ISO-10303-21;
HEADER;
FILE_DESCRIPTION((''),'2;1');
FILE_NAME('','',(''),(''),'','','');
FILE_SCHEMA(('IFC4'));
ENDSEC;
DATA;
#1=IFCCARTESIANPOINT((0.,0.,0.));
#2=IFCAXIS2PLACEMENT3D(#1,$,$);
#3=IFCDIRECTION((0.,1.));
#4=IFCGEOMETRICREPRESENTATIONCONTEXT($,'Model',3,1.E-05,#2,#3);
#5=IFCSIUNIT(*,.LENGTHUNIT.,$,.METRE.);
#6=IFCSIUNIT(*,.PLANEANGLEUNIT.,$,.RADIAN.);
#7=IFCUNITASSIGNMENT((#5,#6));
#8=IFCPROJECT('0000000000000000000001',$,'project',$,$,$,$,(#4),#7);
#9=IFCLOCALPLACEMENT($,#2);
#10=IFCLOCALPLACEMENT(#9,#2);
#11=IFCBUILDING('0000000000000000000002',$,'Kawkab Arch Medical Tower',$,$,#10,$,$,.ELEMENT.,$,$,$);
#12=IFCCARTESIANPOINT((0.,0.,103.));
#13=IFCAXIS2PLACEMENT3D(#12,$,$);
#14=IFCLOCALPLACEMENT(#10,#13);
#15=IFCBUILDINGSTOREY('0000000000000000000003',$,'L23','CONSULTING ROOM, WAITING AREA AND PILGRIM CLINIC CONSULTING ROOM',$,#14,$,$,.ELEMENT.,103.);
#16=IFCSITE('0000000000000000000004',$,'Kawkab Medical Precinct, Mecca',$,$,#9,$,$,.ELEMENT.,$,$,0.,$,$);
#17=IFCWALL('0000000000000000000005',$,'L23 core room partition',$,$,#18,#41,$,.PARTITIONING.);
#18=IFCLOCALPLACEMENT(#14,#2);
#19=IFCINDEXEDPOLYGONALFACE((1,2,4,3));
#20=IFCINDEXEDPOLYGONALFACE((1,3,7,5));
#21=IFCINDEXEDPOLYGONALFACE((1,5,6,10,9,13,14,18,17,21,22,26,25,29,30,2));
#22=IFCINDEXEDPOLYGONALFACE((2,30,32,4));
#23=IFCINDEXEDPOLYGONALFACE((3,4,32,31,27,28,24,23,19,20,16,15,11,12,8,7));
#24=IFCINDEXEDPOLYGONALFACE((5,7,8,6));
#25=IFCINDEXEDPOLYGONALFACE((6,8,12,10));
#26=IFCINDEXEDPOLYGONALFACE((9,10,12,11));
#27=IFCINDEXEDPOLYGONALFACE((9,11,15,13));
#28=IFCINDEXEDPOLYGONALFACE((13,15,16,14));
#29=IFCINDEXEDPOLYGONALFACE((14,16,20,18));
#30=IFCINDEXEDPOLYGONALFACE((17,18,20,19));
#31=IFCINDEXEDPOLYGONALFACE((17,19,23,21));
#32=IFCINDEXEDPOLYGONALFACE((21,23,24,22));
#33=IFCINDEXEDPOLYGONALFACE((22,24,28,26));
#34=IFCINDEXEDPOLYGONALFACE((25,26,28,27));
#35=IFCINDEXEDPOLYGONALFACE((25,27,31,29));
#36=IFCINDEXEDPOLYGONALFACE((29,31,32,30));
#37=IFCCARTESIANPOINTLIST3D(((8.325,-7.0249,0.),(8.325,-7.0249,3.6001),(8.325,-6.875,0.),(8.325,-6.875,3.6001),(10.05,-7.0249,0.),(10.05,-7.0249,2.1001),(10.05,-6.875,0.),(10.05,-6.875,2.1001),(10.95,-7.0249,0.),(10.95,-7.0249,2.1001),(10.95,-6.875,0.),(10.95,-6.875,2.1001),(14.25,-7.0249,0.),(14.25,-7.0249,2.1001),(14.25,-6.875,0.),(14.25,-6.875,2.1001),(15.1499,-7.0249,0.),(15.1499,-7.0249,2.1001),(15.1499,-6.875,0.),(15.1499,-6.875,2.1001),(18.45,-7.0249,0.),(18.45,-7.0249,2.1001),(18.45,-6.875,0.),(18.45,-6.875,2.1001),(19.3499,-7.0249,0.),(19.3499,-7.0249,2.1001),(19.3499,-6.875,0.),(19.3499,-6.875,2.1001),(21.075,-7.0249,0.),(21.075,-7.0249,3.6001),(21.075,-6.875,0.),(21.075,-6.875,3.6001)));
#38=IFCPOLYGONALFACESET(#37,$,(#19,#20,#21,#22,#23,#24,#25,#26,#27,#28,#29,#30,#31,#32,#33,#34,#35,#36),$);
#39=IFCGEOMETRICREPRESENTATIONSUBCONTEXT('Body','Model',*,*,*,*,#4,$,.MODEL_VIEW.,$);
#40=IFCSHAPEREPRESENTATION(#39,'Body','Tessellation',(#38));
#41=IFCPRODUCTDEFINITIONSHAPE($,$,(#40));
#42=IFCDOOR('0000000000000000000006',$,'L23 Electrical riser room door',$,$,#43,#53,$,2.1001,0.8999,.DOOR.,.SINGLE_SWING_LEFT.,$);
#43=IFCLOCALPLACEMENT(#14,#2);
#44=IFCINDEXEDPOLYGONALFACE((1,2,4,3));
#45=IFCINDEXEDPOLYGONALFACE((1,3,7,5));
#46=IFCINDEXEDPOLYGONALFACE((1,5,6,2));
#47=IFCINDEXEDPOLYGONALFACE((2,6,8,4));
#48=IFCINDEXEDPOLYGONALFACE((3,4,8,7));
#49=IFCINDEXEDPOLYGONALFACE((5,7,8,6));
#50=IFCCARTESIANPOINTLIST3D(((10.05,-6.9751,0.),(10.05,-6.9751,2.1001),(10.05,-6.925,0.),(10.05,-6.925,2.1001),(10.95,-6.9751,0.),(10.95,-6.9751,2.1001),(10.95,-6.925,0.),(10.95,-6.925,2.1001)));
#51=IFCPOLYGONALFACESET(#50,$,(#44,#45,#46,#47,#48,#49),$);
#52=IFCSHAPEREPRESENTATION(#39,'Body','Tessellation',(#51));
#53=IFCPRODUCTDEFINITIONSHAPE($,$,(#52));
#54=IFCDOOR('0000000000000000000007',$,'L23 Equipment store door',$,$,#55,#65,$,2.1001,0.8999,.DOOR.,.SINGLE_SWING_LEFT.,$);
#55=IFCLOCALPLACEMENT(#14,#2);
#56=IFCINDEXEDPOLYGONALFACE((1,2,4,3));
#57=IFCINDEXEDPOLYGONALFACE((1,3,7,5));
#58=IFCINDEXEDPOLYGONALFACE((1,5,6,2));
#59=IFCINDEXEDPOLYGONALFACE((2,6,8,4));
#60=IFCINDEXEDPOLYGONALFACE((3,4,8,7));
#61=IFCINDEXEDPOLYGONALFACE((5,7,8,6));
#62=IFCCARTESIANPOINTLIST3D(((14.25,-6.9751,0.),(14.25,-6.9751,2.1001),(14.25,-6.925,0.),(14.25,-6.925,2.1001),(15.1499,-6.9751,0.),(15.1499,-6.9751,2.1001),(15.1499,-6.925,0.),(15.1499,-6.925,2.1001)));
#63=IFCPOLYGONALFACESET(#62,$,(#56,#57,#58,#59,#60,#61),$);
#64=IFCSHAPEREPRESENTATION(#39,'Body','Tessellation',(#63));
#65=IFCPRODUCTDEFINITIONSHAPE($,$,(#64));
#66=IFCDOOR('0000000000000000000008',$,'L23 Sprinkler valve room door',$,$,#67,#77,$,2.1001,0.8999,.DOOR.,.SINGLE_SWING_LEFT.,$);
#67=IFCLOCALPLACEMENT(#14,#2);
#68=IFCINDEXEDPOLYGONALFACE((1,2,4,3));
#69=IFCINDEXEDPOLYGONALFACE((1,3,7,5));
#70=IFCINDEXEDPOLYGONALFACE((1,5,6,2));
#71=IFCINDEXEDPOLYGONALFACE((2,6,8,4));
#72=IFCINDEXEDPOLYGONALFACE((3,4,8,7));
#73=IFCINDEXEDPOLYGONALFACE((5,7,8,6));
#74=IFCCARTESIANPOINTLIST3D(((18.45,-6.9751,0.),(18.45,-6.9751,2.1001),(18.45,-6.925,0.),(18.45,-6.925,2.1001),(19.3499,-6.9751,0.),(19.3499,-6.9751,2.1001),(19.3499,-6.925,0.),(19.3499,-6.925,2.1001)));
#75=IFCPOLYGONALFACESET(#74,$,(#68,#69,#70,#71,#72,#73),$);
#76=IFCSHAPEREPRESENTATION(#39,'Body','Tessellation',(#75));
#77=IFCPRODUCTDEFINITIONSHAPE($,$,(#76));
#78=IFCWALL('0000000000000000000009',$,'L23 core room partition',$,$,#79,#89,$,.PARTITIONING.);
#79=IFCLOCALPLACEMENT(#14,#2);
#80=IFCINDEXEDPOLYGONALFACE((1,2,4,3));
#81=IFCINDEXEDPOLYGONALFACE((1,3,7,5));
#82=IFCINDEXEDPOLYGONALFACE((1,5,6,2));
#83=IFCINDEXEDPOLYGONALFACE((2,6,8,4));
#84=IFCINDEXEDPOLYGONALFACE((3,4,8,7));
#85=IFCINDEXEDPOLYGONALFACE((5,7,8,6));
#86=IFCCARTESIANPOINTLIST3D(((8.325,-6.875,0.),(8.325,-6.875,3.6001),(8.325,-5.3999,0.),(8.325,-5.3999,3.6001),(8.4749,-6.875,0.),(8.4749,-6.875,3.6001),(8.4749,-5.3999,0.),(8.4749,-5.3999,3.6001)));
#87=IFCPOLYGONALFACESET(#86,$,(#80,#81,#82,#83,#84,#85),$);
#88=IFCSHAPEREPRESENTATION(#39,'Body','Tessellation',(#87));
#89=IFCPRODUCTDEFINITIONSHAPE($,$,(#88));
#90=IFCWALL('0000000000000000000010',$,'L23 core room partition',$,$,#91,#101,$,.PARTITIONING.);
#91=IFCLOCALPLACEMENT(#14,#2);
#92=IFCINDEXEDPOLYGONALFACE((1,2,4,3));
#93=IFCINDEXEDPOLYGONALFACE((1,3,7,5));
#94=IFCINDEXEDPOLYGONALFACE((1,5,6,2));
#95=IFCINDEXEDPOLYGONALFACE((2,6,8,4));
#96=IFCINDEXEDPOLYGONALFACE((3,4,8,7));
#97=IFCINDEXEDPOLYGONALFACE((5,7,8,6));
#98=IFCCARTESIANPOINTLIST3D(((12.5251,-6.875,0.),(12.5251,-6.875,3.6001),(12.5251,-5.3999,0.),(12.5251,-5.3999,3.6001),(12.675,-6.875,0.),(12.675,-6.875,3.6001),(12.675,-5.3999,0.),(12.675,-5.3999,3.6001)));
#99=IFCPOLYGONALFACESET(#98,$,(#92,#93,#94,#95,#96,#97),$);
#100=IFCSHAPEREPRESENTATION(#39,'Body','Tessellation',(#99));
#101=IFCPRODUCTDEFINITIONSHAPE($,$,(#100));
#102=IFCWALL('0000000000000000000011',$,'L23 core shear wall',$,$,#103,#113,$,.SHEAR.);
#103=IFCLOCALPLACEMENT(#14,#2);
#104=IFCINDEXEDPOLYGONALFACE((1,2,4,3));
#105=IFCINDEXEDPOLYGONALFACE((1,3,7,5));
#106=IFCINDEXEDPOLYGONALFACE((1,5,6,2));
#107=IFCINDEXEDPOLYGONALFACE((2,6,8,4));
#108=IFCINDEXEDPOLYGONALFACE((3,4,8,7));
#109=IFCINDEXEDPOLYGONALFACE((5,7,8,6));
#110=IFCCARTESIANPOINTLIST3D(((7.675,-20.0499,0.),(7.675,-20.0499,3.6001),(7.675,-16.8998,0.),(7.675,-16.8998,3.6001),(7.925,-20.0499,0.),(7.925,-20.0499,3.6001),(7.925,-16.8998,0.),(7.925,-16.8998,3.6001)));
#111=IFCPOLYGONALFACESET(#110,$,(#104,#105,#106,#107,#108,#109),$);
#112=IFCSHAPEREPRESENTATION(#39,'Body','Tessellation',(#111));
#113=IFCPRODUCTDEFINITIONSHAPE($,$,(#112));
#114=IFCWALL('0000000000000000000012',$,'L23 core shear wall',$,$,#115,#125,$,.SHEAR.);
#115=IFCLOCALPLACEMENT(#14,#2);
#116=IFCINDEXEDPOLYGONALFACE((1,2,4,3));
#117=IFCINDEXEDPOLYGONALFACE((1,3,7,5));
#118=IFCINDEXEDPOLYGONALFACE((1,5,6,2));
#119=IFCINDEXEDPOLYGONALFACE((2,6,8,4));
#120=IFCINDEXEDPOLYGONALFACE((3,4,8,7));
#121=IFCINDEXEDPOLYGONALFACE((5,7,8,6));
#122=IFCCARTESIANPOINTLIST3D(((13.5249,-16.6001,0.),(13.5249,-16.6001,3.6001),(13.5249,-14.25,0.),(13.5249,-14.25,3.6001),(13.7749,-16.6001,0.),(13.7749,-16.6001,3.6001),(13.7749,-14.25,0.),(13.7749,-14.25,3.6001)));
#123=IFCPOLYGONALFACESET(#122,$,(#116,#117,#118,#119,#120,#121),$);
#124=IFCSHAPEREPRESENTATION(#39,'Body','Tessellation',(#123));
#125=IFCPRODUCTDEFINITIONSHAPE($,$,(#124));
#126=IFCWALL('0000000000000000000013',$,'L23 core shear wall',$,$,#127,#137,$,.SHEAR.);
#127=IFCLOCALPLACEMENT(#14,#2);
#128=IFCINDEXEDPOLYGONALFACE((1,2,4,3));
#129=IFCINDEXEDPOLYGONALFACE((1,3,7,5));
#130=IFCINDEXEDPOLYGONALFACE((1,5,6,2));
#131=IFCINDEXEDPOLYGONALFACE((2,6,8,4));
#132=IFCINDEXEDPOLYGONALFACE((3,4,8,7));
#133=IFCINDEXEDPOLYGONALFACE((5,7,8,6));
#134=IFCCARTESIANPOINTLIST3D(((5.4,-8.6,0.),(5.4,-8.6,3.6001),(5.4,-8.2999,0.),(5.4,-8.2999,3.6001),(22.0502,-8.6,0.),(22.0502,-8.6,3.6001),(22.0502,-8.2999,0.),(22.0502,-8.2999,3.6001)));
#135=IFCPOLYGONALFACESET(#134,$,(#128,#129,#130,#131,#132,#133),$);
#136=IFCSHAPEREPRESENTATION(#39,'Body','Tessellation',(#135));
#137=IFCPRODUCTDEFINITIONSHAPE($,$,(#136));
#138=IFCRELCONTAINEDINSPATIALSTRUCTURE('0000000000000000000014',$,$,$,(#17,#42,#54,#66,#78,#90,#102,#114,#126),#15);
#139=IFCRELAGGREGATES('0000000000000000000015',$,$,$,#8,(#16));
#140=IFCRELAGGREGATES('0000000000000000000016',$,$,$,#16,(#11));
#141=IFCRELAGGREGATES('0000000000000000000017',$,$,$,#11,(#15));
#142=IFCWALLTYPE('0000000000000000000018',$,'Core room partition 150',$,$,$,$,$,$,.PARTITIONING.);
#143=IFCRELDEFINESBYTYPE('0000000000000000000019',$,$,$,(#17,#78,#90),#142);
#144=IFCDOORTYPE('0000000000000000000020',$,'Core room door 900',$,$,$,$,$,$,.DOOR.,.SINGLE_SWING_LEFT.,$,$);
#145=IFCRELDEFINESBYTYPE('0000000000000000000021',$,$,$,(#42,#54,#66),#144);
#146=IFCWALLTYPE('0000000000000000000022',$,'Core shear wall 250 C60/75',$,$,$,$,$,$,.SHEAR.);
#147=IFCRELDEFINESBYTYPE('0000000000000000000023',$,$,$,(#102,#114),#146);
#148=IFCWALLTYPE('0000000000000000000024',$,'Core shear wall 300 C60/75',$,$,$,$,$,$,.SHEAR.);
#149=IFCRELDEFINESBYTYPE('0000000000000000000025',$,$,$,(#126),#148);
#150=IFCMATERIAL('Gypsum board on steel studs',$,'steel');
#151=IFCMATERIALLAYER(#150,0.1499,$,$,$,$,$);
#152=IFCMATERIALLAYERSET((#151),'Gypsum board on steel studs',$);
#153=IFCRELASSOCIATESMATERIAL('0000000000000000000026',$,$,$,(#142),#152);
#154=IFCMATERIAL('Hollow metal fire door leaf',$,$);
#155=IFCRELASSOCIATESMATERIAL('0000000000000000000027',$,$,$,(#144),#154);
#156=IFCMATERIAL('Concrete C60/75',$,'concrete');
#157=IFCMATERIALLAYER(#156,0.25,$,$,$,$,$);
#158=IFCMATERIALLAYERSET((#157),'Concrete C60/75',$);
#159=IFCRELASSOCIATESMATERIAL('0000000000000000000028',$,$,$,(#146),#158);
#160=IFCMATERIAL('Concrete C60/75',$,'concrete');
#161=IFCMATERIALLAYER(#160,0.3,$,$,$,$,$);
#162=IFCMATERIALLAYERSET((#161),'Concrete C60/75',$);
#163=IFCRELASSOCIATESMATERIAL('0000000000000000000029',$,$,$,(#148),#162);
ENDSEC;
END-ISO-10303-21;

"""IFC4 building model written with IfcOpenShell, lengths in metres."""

from ifc_helpers import new_model, si_unit, direction, frame, frame_2d, origin, place, context, subcontext, project, spatial, rectangle, extrude, material, layer, layer_set, type_object, element, fill, save


model = new_model("IFC4")

# Units and contexts
model_context = context("Model", 3, precision=1e-05, world=origin(), true_north=direction((0.0, 1.0)))
body_context = subcontext(model_context, "Body", "Model", "MODEL_VIEW")
ifc_project = project(units=[si_unit("LENGTHUNIT", "METRE"), si_unit("PLANEANGLEUNIT", "RADIAN")], contexts=[model_context])

# Site, building, storey
site_placement = place(None, origin())
site = spatial("IfcSite", under=ifc_project, at=site_placement, Name="Kawkab Medical Precinct, Mecca", CompositionType="ELEMENT", RefElevation=0.0)
building_placement = place(site_placement, origin())
building = spatial("IfcBuilding", under=site, at=building_placement, Name="Kawkab Arch Medical Tower", CompositionType="ELEMENT")
storey_placement = place(building_placement, frame((0.0, 0.0, 103.0)))
storey = spatial("IfcBuildingStorey", under=building, at=storey_placement, Name="L23", Description="CONSULTING ROOM, WAITING AREA AND PILGRIM CLINIC CONSULTING ROOM", CompositionType="ELEMENT", Elevation=103.0)

# Wall, openings, doors
ifc_material_1 = material(Name="Gypsum board on steel studs", Category="steel")
ifc_layer_1 = layer(ifc_material_1, 0.1499)
ifc_layer_set_1 = layer_set([ifc_layer_1], Name="Gypsum board on steel studs")
wall_type_1 = type_object("IfcWallType", Name="Core room partition 150", PredefinedType="PARTITIONING", material=ifc_layer_set_1)
wall_1_placement = place(storey_placement, frame((8.325, -6.95, 0.0), z_axis=(0.0, 0.0, 1.0), x_axis=(1.0, 0.0, 0.0)))
wall_1 = element("IfcWall", 1, at=wall_1_placement, inside=storey, type_object=wall_type_1, Name="L23 core room partition", PredefinedType="PARTITIONING", context=body_context, shape_type="SweptSolid", body=[
    extrude(rectangle(XDim=12.75, YDim=0.1499, at=frame_2d((6.375, 0.0))), origin(), (0.0, 0.0, 1.0), 3.6001),
])
opening_1_placement = place(wall_1_placement, frame((1.7251, 0.0, 0.0)))
opening_1 = element("IfcOpeningElement", 2, at=opening_1_placement, cuts=wall_1, PredefinedType="OPENING", context=body_context, shape_type="SweptSolid", body=[
    extrude(rectangle(XDim=0.8999, YDim=2.1001, at=frame_2d((0.45, 1.05))), frame((0.0, 0.085, 0.0), z_axis=(0.0, -1.0, 0.0), x_axis=(1.0, 0.0, 0.0)), (0.0, 0.0, 1.0), 0.1699),
])
opening_2_placement = place(wall_1_placement, frame((5.925, 0.0, 0.0)))
opening_2 = element("IfcOpeningElement", 3, at=opening_2_placement, cuts=wall_1, PredefinedType="OPENING", context=body_context, shape_type="SweptSolid", body=[
    extrude(rectangle(XDim=0.8999, YDim=2.1001, at=frame_2d((0.45, 1.05))), frame((0.0, 0.085, 0.0), z_axis=(0.0, -1.0, 0.0), x_axis=(1.0, 0.0, 0.0)), (0.0, 0.0, 1.0), 0.1699),
])
opening_3_placement = place(wall_1_placement, frame((10.125, 0.0, 0.0)))
opening_3 = element("IfcOpeningElement", 4, at=opening_3_placement, cuts=wall_1, PredefinedType="OPENING", context=body_context, shape_type="SweptSolid", body=[
    extrude(rectangle(XDim=0.8999, YDim=2.1001, at=frame_2d((0.45, 1.05))), frame((0.0, 0.085, 0.0), z_axis=(0.0, -1.0, 0.0), x_axis=(1.0, 0.0, 0.0)), (0.0, 0.0, 1.0), 0.1699),
])
ifc_material_2 = material(Name="Hollow metal fire door leaf")
door_type_1 = type_object("IfcDoorType", Name="Core room door 900", OperationType="SINGLE_SWING_LEFT", PredefinedType="DOOR", material=ifc_material_2)
door_1_placement = place(opening_1_placement, origin())
door_1 = element("IfcDoor", 5, at=door_1_placement, inside=storey, type_object=door_type_1, Name="L23 Electrical riser room door", OperationType="SINGLE_SWING_LEFT", OverallHeight=2.1001, OverallWidth=0.8999, PredefinedType="DOOR", context=body_context, shape_type="SweptSolid", body=[
    extrude(rectangle(XDim=0.8999, YDim=2.1001, at=frame_2d((0.45, 1.05))), frame((0.0, 0.0249, 0.0), z_axis=(0.0, -1.0, 0.0), x_axis=(1.0, 0.0, 0.0)), (0.0, 0.0, 1.0), 0.05),
])
fill(opening_1, door_1)
door_2_placement = place(opening_2_placement, origin())
door_2 = element("IfcDoor", 6, at=door_2_placement, inside=storey, type_object=door_type_1, Name="L23 Equipment store door", OperationType="SINGLE_SWING_LEFT", OverallHeight=2.1001, OverallWidth=0.8999, PredefinedType="DOOR", context=body_context, shape_type="SweptSolid", body=[
    extrude(rectangle(XDim=0.8999, YDim=2.1001, at=frame_2d((0.45, 1.05))), frame((0.0, 0.0249, 0.0), z_axis=(0.0, -1.0, 0.0), x_axis=(1.0, 0.0, 0.0)), (0.0, 0.0, 1.0), 0.05),
])
fill(opening_2, door_2)
door_3_placement = place(opening_3_placement, origin())
door_3 = element("IfcDoor", 7, at=door_3_placement, inside=storey, type_object=door_type_1, Name="L23 Sprinkler valve room door", OperationType="SINGLE_SWING_LEFT", OverallHeight=2.1001, OverallWidth=0.8999, PredefinedType="DOOR", context=body_context, shape_type="SweptSolid", body=[
    extrude(rectangle(XDim=0.8999, YDim=2.1001, at=frame_2d((0.45, 1.05))), frame((0.0, 0.0249, 0.0), z_axis=(0.0, -1.0, 0.0), x_axis=(1.0, 0.0, 0.0)), (0.0, 0.0, 1.0), 0.05),
])
fill(opening_3, door_3)

# Walls
for number, where, z_axis, x_axis, name in (
    (8, (8.3999, -6.875, 0.0), (0.0, 0.0, 1.0), (0.0, 1.0, 0.0), "L23 core room partition"),
    (9, (12.6001, -6.875, 0.0), (0.0, 0.0, 1.0), (0.0, 1.0, 0.0), "L23 core room partition"),
):
    element("IfcWall", number, at=place(storey_placement, frame(where, z_axis=z_axis, x_axis=x_axis)), inside=storey, type_object=wall_type_1, Name=name, PredefinedType="PARTITIONING", context=body_context, shape_type="SweptSolid", body=[
        extrude(rectangle(XDim=1.4751, YDim=0.1499, at=frame_2d((0.7375, 0.0))), origin(), (0.0, 0.0, 1.0), 3.6001),
    ])
ifc_material_3 = material(Name="Concrete C60/75", Category="concrete")
ifc_layer_2 = layer(ifc_material_3, 0.25)
ifc_layer_set_2 = layer_set([ifc_layer_2], Name="Concrete C60/75")
wall_type_2 = type_object("IfcWallType", Name="Core shear wall 250 C60/75", PredefinedType="SHEAR", material=ifc_layer_set_2)
wall_2_placement = place(storey_placement, frame((7.8, -20.05, 0.0), z_axis=(0.0, 0.0, 1.0), x_axis=(0.0, 1.0, 0.0)))
element("IfcWall", 10, at=wall_2_placement, inside=storey, type_object=wall_type_2, Name="L23 core shear wall", PredefinedType="SHEAR", context=body_context, shape_type="SweptSolid", body=[
    extrude(rectangle(XDim=3.1501, YDim=0.25, at=frame_2d((1.5752, 0.0))), origin(), (0.0, 0.0, 1.0), 3.6001),
])
wall_3_placement = place(storey_placement, frame((13.6499, -16.6001, 0.0), z_axis=(0.0, 0.0, 1.0), x_axis=(0.0, 1.0, 0.0)))
element("IfcWall", 11, at=wall_3_placement, inside=storey, type_object=wall_type_2, Name="L23 core shear wall", PredefinedType="SHEAR", context=body_context, shape_type="SweptSolid", body=[
    extrude(rectangle(XDim=2.3501, YDim=0.25, at=frame_2d((1.175, 0.0))), origin(), (0.0, 0.0, 1.0), 3.6001),
])
ifc_material_4 = material(Name="Concrete C60/75", Category="concrete")
ifc_layer_3 = layer(ifc_material_4, 0.3)
ifc_layer_set_3 = layer_set([ifc_layer_3], Name="Concrete C60/75")
wall_type_3 = type_object("IfcWallType", Name="Core shear wall 300 C60/75", PredefinedType="SHEAR", material=ifc_layer_set_3)
wall_4_placement = place(storey_placement, frame((5.3999, -8.45, 0.0), z_axis=(0.0, 0.0, 1.0), x_axis=(1.0, 0.0, 0.0)))
element("IfcWall", 12, at=wall_4_placement, inside=storey, type_object=wall_type_3, Name="L23 core shear wall", PredefinedType="SHEAR", context=body_context, shape_type="SweptSolid", body=[
    extrude(rectangle(XDim=16.6501, YDim=0.3, at=frame_2d((8.3252, 0.0))), origin(), (0.0, 0.0, 1.0), 3.6001),
])

save(model, "model.ifc")
